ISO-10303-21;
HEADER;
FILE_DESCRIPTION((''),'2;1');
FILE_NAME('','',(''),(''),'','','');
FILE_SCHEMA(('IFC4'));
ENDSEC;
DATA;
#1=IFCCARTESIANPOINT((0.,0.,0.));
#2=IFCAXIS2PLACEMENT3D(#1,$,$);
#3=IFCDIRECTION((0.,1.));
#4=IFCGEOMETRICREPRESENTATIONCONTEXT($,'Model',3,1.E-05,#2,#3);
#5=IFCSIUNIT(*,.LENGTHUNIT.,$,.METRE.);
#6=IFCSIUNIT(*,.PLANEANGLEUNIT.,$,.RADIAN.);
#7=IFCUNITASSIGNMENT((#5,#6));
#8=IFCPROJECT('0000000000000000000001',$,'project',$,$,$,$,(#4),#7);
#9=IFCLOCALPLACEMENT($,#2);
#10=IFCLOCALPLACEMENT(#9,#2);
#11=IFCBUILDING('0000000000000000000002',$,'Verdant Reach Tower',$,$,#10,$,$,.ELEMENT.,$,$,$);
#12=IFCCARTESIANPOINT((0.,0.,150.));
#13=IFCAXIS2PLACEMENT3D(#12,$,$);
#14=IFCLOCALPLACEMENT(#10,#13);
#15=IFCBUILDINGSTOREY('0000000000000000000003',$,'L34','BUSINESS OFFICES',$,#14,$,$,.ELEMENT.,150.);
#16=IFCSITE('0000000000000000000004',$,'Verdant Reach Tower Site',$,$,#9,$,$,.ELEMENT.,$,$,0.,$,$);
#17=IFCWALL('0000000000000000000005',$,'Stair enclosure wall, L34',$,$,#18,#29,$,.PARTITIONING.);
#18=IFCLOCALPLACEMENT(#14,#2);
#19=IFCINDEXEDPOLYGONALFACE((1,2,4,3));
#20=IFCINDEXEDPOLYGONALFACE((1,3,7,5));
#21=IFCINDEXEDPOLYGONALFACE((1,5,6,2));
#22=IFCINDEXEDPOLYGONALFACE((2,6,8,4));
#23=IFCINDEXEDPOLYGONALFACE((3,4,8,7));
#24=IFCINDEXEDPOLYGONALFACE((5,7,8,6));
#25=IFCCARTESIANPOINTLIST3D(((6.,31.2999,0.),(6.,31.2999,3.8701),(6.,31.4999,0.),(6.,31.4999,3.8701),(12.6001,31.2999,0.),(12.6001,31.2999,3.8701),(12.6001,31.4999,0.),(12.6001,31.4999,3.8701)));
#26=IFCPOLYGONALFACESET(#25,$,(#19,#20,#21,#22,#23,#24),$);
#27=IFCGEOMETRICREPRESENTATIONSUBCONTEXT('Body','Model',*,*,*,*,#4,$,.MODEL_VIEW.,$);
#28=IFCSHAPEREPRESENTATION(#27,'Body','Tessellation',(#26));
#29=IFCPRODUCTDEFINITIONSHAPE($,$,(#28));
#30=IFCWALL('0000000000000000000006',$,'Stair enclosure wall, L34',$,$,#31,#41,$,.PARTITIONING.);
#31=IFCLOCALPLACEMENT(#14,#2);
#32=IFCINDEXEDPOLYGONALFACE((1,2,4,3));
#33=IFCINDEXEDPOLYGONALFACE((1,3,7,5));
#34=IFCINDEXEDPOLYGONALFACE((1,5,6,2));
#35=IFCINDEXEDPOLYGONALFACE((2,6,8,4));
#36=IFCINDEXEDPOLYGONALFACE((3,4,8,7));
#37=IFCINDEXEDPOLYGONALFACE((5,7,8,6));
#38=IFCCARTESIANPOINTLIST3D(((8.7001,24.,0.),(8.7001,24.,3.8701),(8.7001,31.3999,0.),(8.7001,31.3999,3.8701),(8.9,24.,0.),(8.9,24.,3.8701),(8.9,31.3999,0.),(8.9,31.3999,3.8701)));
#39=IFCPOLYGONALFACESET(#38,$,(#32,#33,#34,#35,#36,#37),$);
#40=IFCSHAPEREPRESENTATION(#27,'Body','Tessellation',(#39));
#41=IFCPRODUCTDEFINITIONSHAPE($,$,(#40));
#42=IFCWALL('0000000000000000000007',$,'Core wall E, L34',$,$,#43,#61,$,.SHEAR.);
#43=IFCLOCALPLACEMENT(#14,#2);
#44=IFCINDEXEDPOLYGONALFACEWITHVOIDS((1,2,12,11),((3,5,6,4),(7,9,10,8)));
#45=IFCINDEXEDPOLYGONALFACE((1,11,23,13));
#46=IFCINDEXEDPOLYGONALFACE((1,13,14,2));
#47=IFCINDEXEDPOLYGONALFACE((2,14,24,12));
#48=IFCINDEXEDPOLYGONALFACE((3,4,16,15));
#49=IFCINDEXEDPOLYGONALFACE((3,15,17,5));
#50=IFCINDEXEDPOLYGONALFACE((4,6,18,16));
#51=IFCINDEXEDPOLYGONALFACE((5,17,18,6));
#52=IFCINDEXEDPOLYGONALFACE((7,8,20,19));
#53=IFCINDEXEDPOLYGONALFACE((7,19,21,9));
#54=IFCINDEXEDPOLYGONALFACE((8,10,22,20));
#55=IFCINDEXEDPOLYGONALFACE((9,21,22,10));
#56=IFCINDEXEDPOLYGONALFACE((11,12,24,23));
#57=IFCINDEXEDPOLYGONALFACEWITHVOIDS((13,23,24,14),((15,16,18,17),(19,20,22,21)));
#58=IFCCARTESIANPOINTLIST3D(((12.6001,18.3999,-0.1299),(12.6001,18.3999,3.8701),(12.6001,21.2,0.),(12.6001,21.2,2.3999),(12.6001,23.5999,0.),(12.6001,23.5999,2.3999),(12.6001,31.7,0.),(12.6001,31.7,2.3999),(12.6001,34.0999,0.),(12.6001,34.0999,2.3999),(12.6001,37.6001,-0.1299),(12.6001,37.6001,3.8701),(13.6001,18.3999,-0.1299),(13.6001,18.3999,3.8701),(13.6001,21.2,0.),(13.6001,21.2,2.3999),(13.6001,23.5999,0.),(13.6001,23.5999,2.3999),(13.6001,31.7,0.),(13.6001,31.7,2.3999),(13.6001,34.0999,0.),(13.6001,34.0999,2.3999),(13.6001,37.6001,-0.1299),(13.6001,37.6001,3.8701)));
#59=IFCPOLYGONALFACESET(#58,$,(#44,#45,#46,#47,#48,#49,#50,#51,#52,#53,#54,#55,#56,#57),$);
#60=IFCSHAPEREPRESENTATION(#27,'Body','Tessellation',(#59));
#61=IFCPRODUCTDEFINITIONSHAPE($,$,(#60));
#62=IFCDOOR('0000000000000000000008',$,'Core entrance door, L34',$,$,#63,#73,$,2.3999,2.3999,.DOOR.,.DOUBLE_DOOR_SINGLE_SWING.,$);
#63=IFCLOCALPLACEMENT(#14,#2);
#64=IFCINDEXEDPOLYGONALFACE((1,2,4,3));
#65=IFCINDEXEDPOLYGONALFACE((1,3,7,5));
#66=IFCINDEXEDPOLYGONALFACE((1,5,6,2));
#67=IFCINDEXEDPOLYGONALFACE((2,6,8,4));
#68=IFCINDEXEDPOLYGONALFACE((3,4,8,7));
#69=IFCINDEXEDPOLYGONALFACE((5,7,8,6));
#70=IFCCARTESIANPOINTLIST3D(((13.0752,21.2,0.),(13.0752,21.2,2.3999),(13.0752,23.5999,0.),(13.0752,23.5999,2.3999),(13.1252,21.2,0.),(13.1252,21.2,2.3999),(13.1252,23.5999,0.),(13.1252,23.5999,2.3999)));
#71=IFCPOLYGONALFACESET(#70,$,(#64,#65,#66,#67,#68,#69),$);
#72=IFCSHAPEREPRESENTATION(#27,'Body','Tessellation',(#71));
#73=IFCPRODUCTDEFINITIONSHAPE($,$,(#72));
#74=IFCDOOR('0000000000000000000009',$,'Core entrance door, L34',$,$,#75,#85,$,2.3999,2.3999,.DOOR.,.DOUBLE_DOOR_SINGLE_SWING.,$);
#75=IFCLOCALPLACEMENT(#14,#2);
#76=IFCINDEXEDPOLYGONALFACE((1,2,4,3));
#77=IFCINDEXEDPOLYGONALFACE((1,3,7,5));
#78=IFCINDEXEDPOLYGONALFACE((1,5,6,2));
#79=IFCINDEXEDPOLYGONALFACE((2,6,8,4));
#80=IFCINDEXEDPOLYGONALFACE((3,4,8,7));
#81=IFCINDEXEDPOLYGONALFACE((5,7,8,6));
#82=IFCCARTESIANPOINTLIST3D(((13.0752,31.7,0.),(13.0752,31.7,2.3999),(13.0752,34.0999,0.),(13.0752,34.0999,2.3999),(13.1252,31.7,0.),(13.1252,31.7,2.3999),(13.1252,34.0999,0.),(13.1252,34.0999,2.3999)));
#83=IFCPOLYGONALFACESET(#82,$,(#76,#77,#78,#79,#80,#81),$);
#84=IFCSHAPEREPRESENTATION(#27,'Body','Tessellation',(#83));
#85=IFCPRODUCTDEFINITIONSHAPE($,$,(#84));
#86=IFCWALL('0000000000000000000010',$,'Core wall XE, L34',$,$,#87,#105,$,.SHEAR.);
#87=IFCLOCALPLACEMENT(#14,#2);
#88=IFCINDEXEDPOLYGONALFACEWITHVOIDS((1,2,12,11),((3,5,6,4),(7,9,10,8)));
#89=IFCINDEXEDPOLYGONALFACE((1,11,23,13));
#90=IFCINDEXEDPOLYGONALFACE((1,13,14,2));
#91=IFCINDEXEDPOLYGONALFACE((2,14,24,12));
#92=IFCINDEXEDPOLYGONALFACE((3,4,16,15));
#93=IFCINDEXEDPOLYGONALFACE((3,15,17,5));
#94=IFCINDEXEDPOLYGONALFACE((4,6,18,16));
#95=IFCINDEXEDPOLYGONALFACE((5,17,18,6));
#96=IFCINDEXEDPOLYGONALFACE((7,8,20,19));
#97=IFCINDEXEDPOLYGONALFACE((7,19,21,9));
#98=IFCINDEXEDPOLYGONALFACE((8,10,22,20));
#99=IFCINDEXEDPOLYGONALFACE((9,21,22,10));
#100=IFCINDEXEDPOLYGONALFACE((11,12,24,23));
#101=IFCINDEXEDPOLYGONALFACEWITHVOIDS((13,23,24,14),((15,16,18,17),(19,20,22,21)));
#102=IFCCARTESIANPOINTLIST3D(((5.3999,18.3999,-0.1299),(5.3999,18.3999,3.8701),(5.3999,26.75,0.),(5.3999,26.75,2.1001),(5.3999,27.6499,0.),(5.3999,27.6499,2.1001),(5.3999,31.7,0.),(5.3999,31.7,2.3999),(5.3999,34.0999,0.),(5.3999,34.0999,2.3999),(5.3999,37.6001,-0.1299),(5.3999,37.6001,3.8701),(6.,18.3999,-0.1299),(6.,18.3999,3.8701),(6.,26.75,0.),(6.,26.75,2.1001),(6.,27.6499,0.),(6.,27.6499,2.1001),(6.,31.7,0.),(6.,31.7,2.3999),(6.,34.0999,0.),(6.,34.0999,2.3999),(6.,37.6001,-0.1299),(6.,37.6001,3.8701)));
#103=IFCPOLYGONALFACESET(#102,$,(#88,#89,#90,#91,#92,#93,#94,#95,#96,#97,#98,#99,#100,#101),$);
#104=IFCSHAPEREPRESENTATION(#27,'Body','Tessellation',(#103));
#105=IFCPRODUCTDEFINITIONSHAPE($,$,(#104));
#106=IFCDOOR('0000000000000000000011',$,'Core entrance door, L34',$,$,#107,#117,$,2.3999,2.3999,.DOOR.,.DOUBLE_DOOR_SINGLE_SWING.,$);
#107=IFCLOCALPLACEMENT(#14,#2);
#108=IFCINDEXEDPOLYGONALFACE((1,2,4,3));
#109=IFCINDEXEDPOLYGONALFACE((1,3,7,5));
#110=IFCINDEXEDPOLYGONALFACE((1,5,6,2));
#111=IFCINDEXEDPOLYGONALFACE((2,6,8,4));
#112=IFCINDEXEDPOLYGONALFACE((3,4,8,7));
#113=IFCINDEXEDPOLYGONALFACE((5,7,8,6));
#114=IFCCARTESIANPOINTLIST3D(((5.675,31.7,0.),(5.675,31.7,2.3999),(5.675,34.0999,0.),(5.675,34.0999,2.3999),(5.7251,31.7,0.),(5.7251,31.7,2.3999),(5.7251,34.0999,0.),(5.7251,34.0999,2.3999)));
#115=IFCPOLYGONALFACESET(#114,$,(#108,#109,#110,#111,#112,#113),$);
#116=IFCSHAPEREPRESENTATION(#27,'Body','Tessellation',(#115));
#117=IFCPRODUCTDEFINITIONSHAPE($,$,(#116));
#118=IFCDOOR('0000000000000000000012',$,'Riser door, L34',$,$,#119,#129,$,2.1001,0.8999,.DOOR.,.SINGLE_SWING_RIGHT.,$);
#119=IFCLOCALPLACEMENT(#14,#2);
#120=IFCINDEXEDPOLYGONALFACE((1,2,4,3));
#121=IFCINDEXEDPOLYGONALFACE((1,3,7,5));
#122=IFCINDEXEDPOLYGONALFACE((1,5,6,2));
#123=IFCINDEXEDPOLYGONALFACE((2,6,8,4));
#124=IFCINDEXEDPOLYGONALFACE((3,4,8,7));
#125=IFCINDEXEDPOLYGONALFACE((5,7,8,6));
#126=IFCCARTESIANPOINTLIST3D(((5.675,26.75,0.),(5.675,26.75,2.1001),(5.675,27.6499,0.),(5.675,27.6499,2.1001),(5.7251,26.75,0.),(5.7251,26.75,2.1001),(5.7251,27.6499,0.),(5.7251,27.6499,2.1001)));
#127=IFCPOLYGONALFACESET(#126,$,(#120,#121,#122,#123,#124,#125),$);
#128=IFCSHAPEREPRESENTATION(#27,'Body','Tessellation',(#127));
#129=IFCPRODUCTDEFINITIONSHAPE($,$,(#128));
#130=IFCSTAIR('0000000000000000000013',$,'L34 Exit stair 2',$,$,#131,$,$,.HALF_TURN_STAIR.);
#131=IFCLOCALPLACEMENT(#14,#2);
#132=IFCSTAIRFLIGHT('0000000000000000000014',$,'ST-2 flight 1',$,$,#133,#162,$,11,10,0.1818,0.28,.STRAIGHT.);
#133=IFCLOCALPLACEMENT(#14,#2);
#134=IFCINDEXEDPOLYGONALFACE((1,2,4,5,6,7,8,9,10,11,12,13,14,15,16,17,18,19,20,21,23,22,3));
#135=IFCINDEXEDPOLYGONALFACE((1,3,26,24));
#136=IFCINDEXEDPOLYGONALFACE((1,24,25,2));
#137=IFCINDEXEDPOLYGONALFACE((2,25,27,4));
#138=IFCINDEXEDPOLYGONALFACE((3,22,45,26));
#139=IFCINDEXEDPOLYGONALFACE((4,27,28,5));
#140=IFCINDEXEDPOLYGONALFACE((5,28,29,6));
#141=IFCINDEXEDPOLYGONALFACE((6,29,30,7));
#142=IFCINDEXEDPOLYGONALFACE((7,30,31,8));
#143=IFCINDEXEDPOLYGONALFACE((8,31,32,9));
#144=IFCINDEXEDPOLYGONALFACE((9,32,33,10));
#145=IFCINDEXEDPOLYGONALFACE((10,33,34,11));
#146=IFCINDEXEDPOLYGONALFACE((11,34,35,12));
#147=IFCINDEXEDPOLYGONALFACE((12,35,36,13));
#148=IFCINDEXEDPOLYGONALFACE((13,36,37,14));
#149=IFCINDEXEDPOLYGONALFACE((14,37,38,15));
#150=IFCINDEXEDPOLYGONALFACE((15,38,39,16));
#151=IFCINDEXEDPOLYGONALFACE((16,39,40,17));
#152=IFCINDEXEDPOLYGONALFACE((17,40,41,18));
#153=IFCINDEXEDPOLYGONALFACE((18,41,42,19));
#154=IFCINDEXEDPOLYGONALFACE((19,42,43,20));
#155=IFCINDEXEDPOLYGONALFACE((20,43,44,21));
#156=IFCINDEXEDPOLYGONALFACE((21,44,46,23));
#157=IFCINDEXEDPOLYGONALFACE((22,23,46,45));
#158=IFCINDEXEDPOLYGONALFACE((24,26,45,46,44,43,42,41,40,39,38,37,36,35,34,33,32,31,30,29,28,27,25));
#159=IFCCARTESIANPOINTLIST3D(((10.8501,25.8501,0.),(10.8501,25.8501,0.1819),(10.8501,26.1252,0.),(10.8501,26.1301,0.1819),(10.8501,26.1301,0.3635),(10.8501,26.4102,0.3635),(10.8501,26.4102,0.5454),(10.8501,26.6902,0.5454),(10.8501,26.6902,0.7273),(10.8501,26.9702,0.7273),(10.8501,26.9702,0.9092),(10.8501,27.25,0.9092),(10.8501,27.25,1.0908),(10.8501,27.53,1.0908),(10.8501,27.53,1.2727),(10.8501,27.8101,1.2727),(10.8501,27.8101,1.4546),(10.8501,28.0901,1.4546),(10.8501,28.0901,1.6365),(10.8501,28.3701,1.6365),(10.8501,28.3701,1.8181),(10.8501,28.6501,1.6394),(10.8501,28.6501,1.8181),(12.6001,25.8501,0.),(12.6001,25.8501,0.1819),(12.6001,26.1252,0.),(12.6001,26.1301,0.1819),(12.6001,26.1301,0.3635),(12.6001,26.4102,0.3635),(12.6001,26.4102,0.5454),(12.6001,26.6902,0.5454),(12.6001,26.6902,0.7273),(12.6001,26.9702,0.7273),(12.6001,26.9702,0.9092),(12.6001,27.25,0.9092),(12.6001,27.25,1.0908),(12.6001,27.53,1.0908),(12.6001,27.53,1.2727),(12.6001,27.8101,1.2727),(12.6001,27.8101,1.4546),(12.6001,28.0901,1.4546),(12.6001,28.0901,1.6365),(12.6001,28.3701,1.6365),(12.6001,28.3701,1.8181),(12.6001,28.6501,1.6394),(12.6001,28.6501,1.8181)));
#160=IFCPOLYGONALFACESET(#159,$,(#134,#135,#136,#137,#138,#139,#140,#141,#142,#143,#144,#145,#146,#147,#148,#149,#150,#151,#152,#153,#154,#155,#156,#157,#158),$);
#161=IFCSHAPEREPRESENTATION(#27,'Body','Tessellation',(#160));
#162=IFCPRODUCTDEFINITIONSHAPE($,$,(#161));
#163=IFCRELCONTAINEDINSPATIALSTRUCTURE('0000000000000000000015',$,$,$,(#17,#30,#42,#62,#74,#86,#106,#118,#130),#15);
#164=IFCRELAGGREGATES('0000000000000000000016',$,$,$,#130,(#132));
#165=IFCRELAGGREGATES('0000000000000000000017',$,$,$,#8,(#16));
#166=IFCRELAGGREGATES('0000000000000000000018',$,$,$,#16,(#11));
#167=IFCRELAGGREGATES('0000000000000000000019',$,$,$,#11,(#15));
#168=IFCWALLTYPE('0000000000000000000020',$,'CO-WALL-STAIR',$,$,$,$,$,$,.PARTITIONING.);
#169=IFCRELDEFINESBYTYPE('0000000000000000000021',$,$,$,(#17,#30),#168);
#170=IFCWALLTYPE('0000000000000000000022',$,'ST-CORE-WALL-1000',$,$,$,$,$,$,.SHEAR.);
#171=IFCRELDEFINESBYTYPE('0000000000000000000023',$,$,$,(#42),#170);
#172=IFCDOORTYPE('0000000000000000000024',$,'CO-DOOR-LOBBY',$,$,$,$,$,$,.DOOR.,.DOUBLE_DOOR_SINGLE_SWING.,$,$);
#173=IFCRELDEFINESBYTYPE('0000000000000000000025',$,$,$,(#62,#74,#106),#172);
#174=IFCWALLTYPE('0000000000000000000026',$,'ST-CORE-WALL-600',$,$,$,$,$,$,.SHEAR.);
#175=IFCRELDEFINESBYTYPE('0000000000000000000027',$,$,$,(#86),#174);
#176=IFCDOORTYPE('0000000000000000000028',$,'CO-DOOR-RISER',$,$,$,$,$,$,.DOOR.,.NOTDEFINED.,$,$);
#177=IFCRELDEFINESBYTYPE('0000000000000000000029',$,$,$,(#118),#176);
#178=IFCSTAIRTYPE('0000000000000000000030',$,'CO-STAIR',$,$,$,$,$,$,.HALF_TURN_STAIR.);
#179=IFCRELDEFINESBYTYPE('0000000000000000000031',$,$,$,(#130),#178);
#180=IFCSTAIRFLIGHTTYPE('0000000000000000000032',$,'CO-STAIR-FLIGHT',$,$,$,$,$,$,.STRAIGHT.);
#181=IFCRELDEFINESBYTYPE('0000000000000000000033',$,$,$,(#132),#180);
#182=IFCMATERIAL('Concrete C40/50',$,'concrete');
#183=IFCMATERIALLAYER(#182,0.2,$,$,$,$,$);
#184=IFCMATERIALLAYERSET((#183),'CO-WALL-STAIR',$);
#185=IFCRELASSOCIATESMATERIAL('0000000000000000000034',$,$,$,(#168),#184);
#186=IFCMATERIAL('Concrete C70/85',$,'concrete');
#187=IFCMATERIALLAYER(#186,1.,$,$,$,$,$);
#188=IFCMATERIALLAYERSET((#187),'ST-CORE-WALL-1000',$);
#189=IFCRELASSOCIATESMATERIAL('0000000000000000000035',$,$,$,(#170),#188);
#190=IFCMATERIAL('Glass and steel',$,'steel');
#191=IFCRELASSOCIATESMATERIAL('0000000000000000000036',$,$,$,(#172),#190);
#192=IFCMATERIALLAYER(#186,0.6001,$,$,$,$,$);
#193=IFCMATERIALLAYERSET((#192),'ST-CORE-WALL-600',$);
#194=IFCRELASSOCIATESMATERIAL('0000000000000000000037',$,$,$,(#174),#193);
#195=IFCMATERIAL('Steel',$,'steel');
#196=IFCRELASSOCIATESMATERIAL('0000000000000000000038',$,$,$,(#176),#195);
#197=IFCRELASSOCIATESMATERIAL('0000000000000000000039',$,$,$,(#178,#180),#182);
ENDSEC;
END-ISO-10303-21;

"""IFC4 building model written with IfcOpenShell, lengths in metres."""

from ifc_helpers import new_model, si_unit, direction, frame, frame_2d, origin, place, context, subcontext, project, spatial, polyline, rectangle, outline, extrude, material, layer, layer_set, type_object, element, fill, aggregate, save


model = new_model("IFC4")

# Units and contexts
model_context = context("Model", 3, precision=1e-05, world=origin(), true_north=direction((0.0, 1.0)))
body_context = subcontext(model_context, "Body", "Model", "MODEL_VIEW")
ifc_project = project(units=[si_unit("LENGTHUNIT", "METRE"), si_unit("PLANEANGLEUNIT", "RADIAN")], contexts=[model_context])

# Site, building, storey
site_placement = place(None, origin())
site = spatial("IfcSite", under=ifc_project, at=site_placement, Name="Verdant Reach Tower Site", CompositionType="ELEMENT", RefElevation=0.0)
building_placement = place(site_placement, origin())
building = spatial("IfcBuilding", under=site, at=building_placement, Name="Verdant Reach Tower", CompositionType="ELEMENT")
storey_placement = place(building_placement, frame((0.0, 0.0, 150.0)))
storey = spatial("IfcBuildingStorey", under=building, at=storey_placement, Name="L34", Description="BUSINESS OFFICES", CompositionType="ELEMENT", Elevation=150.0)

# Shared definitions
ifc_material_1 = material(Name="Concrete C40/50", Category="concrete")

# Shared definitions
ifc_layer_1 = layer(ifc_material_1, 0.2)
ifc_layer_set_1 = layer_set([ifc_layer_1], Name="CO-WALL-STAIR")
wall_type_1 = type_object("IfcWallType", Name="CO-WALL-STAIR", PredefinedType="PARTITIONING", material=ifc_layer_set_1)
ifc_material_2 = material(Name="Steel", Category="steel")

# Walls
wall_1_placement = place(storey_placement, frame((6.0, 31.3999, 0.0), z_axis=(0.0, 0.0, 1.0), x_axis=(1.0, 0.0, 0.0)))
element("IfcWall", 1, at=wall_1_placement, inside=storey, type_object=wall_type_1, Name="Stair enclosure wall, L34", PredefinedType="PARTITIONING", context=body_context, shape_type="SweptSolid", body=[
    extrude(rectangle(XDim=6.6001, YDim=0.2, at=frame_2d((3.3, 0.0))), origin(), (0.0, 0.0, 1.0), 3.8701),
])
wall_2_placement = place(storey_placement, frame((8.8, 24.0, 0.0), z_axis=(0.0, 0.0, 1.0), x_axis=(0.0, 1.0, 0.0)))
element("IfcWall", 2, at=wall_2_placement, inside=storey, type_object=wall_type_1, Name="Stair enclosure wall, L34", PredefinedType="PARTITIONING", context=body_context, shape_type="SweptSolid", body=[
    extrude(rectangle(XDim=7.3999, YDim=0.2, at=frame_2d((3.7, 0.0))), origin(), (0.0, 0.0, 1.0), 3.8701),
])

# Walls, openings, doors
ifc_material_3 = material(Name="Concrete C70/85", Category="concrete")
ifc_layer_2 = layer(ifc_material_3, 1.0)
ifc_layer_set_2 = layer_set([ifc_layer_2], Name="ST-CORE-WALL-1000")
wall_type_2 = type_object("IfcWallType", Name="ST-CORE-WALL-1000", PredefinedType="SHEAR", material=ifc_layer_set_2)
wall_3_placement = place(storey_placement, frame((13.1001, 18.3999, -0.1299), z_axis=(0.0, 0.0, 1.0), x_axis=(0.0, 1.0, 0.0)))
wall_3 = element("IfcWall", 3, at=wall_3_placement, inside=storey, type_object=wall_type_2, Name="Core wall E, L34", PredefinedType="SHEAR", context=body_context, shape_type="SweptSolid", body=[
    extrude(rectangle(XDim=19.2002, YDim=1.0, at=frame_2d((9.6001, 0.0))), origin(), (0.0, 0.0, 1.0), 4.0),
])
opening_1_placement = place(wall_3_placement, frame((2.8, 0.0, 0.1299)))
opening_1 = element("IfcOpeningElement", 4, at=opening_1_placement, cuts=wall_3, PredefinedType="OPENING", context=body_context, shape_type="SweptSolid", body=[
    extrude(rectangle(XDim=2.3999, YDim=2.3999, at=frame_2d((1.2, 1.2))), frame((0.0, 0.51, 0.0), z_axis=(0.0, -1.0, 0.0), x_axis=(1.0, 0.0, 0.0)), (0.0, 0.0, 1.0), 1.02),
])
opening_2_placement = place(wall_3_placement, frame((13.3, 0.0, 0.1299)))
opening_2 = element("IfcOpeningElement", 5, at=opening_2_placement, cuts=wall_3, PredefinedType="OPENING", context=body_context, shape_type="SweptSolid", body=[
    extrude(rectangle(XDim=2.3999, YDim=2.3999, at=frame_2d((1.2, 1.2))), frame((0.0, 0.51, 0.0), z_axis=(0.0, -1.0, 0.0), x_axis=(1.0, 0.0, 0.0)), (0.0, 0.0, 1.0), 1.02),
])
ifc_material_4 = material(Name="Glass and steel", Category="steel")
door_type_1 = type_object("IfcDoorType", Name="CO-DOOR-LOBBY", OperationType="DOUBLE_DOOR_SINGLE_SWING", PredefinedType="DOOR", material=ifc_material_4)
door_1_placement = place(opening_1_placement, origin())
door_1 = element("IfcDoor", 6, at=door_1_placement, inside=storey, type_object=door_type_1, Name="Core entrance door, L34", OperationType="DOUBLE_DOOR_SINGLE_SWING", OverallHeight=2.3999, OverallWidth=2.3999, PredefinedType="DOOR", context=body_context, shape_type="SweptSolid", body=[
    extrude(rectangle(XDim=2.3999, YDim=2.3999, at=frame_2d((1.2, 1.2))), frame((0.0, 0.0249, 0.0), z_axis=(0.0, -1.0, 0.0), x_axis=(1.0, 0.0, 0.0)), (0.0, 0.0, 1.0), 0.05),
])
fill(opening_1, door_1)
door_2_placement = place(opening_2_placement, origin())
door_2 = element("IfcDoor", 7, at=door_2_placement, inside=storey, type_object=door_type_1, Name="Core entrance door, L34", OperationType="DOUBLE_DOOR_SINGLE_SWING", OverallHeight=2.3999, OverallWidth=2.3999, PredefinedType="DOOR", context=body_context, shape_type="SweptSolid", body=[
    extrude(rectangle(XDim=2.3999, YDim=2.3999, at=frame_2d((1.2, 1.2))), frame((0.0, 0.0249, 0.0), z_axis=(0.0, -1.0, 0.0), x_axis=(1.0, 0.0, 0.0)), (0.0, 0.0, 1.0), 0.05),
])
fill(opening_2, door_2)
ifc_layer_3 = layer(ifc_material_3, 0.6001)
ifc_layer_set_3 = layer_set([ifc_layer_3], Name="ST-CORE-WALL-600")
wall_type_3 = type_object("IfcWallType", Name="ST-CORE-WALL-600", PredefinedType="SHEAR", material=ifc_layer_set_3)
wall_4_placement = place(storey_placement, frame((5.7, 18.3999, -0.1299), z_axis=(0.0, 0.0, 1.0), x_axis=(0.0, 1.0, 0.0)))
wall_4 = element("IfcWall", 8, at=wall_4_placement, inside=storey, type_object=wall_type_3, Name="Core wall XE, L34", PredefinedType="SHEAR", context=body_context, shape_type="SweptSolid", body=[
    extrude(rectangle(XDim=19.2002, YDim=0.6001, at=frame_2d((9.6001, 0.0))), origin(), (0.0, 0.0, 1.0), 4.0),
])
opening_3_placement = place(wall_4_placement, frame((8.3501, 0.0, 0.1299)))
opening_3 = element("IfcOpeningElement", 9, at=opening_3_placement, cuts=wall_4, PredefinedType="OPENING", context=body_context, shape_type="SweptSolid", body=[
    extrude(rectangle(XDim=0.8999, YDim=2.1001, at=frame_2d((0.45, 1.05))), frame((0.0, 0.3101, 0.0), z_axis=(0.0, -1.0, 0.0), x_axis=(1.0, 0.0, 0.0)), (0.0, 0.0, 1.0), 0.6201),
])
opening_4_placement = place(wall_4_placement, frame((13.3, 0.0, 0.1299)))
opening_4 = element("IfcOpeningElement", 10, at=opening_4_placement, cuts=wall_4, PredefinedType="OPENING", context=body_context, shape_type="SweptSolid", body=[
    extrude(rectangle(XDim=2.3999, YDim=2.3999, at=frame_2d((1.2, 1.2))), frame((0.0, 0.3101, 0.0), z_axis=(0.0, -1.0, 0.0), x_axis=(1.0, 0.0, 0.0)), (0.0, 0.0, 1.0), 0.6201),
])
door_3_placement = place(opening_4_placement, origin())
door_3 = element("IfcDoor", 11, at=door_3_placement, inside=storey, type_object=door_type_1, Name="Core entrance door, L34", OperationType="DOUBLE_DOOR_SINGLE_SWING", OverallHeight=2.3999, OverallWidth=2.3999, PredefinedType="DOOR", context=body_context, shape_type="SweptSolid", body=[
    extrude(rectangle(XDim=2.3999, YDim=2.3999, at=frame_2d((1.2, 1.2))), frame((0.0, 0.0249, 0.0), z_axis=(0.0, -1.0, 0.0), x_axis=(1.0, 0.0, 0.0)), (0.0, 0.0, 1.0), 0.05),
])
fill(opening_4, door_3)
door_type_2 = type_object("IfcDoorType", Name="CO-DOOR-RISER", OperationType="NOTDEFINED", PredefinedType="DOOR", material=ifc_material_2)
door_4_placement = place(opening_3_placement, origin())
door_4 = element("IfcDoor", 12, at=door_4_placement, inside=storey, type_object=door_type_2, Name="Riser door, L34", OperationType="SINGLE_SWING_RIGHT", OverallHeight=2.1001, OverallWidth=0.8999, PredefinedType="DOOR", context=body_context, shape_type="SweptSolid", body=[
    extrude(rectangle(XDim=0.8999, YDim=2.1001, at=frame_2d((0.45, 1.05))), frame((0.0, 0.0249, 0.0), z_axis=(0.0, -1.0, 0.0), x_axis=(1.0, 0.0, 0.0)), (0.0, 0.0, 1.0), 0.05),
])
fill(opening_3, door_4)

# Stair, stair flight
stair_type = type_object("IfcStairType", Name="CO-STAIR", PredefinedType="HALF_TURN_STAIR", material=ifc_material_1)
stair_placement = place(storey_placement, origin())
stair = element("IfcStair", 13, at=stair_placement, inside=storey, type_object=stair_type, Name="L34 Exit stair 2", PredefinedType="HALF_TURN_STAIR")
stair_flight_type = type_object("IfcStairFlightType", Name="CO-STAIR-FLIGHT", PredefinedType="STRAIGHT", material=ifc_material_1)
stair_flight_1_placement = place(storey_placement, frame((11.7251, 25.8501, 0.0), z_axis=(0.0, 0.0, 1.0), x_axis=(0.0, 1.0, 0.0)))
stair_flight_1 = element("IfcStairFlight", 14, at=stair_flight_1_placement, type_object=stair_flight_type, Name="ST-2 flight 1", NumberOfRisers=11, NumberOfTreads=10, PredefinedType="STRAIGHT", RiserHeight=0.1818, TreadLength=0.28, context=body_context, shape_type="SweptSolid", body=[
    extrude(outline(polyline([(0.0, 0.0), (0.0, 0.1819), (0.28, 0.1819), (0.28, 0.3635), (0.5601, 0.3635), (0.5601, 0.5454), (0.8401, 0.5454), (0.8401, 0.7273), (1.1201, 0.7273), (1.1201, 0.9092), (1.3999, 0.9092), (1.3999, 1.0908), (1.6799, 1.0908), (1.6799, 1.2727), (1.96, 1.2727), (1.96, 1.4546), (2.24, 1.4546), (2.24, 1.6365), (2.52, 1.6365), (2.52, 1.8181), (2.8, 1.8181), (2.8, 2.0), (2.8, 1.6394), (0.2751, 0.0), (0.0, 0.0)])), frame((0.0, 0.875, 0.0), z_axis=(0.0, -1.0, 0.0), x_axis=(1.0, 0.0, 0.0)), (0.0, 0.0, 1.0), 1.75),
])
aggregate(stair, [stair_flight_1])

save(model, "model.ifc")
